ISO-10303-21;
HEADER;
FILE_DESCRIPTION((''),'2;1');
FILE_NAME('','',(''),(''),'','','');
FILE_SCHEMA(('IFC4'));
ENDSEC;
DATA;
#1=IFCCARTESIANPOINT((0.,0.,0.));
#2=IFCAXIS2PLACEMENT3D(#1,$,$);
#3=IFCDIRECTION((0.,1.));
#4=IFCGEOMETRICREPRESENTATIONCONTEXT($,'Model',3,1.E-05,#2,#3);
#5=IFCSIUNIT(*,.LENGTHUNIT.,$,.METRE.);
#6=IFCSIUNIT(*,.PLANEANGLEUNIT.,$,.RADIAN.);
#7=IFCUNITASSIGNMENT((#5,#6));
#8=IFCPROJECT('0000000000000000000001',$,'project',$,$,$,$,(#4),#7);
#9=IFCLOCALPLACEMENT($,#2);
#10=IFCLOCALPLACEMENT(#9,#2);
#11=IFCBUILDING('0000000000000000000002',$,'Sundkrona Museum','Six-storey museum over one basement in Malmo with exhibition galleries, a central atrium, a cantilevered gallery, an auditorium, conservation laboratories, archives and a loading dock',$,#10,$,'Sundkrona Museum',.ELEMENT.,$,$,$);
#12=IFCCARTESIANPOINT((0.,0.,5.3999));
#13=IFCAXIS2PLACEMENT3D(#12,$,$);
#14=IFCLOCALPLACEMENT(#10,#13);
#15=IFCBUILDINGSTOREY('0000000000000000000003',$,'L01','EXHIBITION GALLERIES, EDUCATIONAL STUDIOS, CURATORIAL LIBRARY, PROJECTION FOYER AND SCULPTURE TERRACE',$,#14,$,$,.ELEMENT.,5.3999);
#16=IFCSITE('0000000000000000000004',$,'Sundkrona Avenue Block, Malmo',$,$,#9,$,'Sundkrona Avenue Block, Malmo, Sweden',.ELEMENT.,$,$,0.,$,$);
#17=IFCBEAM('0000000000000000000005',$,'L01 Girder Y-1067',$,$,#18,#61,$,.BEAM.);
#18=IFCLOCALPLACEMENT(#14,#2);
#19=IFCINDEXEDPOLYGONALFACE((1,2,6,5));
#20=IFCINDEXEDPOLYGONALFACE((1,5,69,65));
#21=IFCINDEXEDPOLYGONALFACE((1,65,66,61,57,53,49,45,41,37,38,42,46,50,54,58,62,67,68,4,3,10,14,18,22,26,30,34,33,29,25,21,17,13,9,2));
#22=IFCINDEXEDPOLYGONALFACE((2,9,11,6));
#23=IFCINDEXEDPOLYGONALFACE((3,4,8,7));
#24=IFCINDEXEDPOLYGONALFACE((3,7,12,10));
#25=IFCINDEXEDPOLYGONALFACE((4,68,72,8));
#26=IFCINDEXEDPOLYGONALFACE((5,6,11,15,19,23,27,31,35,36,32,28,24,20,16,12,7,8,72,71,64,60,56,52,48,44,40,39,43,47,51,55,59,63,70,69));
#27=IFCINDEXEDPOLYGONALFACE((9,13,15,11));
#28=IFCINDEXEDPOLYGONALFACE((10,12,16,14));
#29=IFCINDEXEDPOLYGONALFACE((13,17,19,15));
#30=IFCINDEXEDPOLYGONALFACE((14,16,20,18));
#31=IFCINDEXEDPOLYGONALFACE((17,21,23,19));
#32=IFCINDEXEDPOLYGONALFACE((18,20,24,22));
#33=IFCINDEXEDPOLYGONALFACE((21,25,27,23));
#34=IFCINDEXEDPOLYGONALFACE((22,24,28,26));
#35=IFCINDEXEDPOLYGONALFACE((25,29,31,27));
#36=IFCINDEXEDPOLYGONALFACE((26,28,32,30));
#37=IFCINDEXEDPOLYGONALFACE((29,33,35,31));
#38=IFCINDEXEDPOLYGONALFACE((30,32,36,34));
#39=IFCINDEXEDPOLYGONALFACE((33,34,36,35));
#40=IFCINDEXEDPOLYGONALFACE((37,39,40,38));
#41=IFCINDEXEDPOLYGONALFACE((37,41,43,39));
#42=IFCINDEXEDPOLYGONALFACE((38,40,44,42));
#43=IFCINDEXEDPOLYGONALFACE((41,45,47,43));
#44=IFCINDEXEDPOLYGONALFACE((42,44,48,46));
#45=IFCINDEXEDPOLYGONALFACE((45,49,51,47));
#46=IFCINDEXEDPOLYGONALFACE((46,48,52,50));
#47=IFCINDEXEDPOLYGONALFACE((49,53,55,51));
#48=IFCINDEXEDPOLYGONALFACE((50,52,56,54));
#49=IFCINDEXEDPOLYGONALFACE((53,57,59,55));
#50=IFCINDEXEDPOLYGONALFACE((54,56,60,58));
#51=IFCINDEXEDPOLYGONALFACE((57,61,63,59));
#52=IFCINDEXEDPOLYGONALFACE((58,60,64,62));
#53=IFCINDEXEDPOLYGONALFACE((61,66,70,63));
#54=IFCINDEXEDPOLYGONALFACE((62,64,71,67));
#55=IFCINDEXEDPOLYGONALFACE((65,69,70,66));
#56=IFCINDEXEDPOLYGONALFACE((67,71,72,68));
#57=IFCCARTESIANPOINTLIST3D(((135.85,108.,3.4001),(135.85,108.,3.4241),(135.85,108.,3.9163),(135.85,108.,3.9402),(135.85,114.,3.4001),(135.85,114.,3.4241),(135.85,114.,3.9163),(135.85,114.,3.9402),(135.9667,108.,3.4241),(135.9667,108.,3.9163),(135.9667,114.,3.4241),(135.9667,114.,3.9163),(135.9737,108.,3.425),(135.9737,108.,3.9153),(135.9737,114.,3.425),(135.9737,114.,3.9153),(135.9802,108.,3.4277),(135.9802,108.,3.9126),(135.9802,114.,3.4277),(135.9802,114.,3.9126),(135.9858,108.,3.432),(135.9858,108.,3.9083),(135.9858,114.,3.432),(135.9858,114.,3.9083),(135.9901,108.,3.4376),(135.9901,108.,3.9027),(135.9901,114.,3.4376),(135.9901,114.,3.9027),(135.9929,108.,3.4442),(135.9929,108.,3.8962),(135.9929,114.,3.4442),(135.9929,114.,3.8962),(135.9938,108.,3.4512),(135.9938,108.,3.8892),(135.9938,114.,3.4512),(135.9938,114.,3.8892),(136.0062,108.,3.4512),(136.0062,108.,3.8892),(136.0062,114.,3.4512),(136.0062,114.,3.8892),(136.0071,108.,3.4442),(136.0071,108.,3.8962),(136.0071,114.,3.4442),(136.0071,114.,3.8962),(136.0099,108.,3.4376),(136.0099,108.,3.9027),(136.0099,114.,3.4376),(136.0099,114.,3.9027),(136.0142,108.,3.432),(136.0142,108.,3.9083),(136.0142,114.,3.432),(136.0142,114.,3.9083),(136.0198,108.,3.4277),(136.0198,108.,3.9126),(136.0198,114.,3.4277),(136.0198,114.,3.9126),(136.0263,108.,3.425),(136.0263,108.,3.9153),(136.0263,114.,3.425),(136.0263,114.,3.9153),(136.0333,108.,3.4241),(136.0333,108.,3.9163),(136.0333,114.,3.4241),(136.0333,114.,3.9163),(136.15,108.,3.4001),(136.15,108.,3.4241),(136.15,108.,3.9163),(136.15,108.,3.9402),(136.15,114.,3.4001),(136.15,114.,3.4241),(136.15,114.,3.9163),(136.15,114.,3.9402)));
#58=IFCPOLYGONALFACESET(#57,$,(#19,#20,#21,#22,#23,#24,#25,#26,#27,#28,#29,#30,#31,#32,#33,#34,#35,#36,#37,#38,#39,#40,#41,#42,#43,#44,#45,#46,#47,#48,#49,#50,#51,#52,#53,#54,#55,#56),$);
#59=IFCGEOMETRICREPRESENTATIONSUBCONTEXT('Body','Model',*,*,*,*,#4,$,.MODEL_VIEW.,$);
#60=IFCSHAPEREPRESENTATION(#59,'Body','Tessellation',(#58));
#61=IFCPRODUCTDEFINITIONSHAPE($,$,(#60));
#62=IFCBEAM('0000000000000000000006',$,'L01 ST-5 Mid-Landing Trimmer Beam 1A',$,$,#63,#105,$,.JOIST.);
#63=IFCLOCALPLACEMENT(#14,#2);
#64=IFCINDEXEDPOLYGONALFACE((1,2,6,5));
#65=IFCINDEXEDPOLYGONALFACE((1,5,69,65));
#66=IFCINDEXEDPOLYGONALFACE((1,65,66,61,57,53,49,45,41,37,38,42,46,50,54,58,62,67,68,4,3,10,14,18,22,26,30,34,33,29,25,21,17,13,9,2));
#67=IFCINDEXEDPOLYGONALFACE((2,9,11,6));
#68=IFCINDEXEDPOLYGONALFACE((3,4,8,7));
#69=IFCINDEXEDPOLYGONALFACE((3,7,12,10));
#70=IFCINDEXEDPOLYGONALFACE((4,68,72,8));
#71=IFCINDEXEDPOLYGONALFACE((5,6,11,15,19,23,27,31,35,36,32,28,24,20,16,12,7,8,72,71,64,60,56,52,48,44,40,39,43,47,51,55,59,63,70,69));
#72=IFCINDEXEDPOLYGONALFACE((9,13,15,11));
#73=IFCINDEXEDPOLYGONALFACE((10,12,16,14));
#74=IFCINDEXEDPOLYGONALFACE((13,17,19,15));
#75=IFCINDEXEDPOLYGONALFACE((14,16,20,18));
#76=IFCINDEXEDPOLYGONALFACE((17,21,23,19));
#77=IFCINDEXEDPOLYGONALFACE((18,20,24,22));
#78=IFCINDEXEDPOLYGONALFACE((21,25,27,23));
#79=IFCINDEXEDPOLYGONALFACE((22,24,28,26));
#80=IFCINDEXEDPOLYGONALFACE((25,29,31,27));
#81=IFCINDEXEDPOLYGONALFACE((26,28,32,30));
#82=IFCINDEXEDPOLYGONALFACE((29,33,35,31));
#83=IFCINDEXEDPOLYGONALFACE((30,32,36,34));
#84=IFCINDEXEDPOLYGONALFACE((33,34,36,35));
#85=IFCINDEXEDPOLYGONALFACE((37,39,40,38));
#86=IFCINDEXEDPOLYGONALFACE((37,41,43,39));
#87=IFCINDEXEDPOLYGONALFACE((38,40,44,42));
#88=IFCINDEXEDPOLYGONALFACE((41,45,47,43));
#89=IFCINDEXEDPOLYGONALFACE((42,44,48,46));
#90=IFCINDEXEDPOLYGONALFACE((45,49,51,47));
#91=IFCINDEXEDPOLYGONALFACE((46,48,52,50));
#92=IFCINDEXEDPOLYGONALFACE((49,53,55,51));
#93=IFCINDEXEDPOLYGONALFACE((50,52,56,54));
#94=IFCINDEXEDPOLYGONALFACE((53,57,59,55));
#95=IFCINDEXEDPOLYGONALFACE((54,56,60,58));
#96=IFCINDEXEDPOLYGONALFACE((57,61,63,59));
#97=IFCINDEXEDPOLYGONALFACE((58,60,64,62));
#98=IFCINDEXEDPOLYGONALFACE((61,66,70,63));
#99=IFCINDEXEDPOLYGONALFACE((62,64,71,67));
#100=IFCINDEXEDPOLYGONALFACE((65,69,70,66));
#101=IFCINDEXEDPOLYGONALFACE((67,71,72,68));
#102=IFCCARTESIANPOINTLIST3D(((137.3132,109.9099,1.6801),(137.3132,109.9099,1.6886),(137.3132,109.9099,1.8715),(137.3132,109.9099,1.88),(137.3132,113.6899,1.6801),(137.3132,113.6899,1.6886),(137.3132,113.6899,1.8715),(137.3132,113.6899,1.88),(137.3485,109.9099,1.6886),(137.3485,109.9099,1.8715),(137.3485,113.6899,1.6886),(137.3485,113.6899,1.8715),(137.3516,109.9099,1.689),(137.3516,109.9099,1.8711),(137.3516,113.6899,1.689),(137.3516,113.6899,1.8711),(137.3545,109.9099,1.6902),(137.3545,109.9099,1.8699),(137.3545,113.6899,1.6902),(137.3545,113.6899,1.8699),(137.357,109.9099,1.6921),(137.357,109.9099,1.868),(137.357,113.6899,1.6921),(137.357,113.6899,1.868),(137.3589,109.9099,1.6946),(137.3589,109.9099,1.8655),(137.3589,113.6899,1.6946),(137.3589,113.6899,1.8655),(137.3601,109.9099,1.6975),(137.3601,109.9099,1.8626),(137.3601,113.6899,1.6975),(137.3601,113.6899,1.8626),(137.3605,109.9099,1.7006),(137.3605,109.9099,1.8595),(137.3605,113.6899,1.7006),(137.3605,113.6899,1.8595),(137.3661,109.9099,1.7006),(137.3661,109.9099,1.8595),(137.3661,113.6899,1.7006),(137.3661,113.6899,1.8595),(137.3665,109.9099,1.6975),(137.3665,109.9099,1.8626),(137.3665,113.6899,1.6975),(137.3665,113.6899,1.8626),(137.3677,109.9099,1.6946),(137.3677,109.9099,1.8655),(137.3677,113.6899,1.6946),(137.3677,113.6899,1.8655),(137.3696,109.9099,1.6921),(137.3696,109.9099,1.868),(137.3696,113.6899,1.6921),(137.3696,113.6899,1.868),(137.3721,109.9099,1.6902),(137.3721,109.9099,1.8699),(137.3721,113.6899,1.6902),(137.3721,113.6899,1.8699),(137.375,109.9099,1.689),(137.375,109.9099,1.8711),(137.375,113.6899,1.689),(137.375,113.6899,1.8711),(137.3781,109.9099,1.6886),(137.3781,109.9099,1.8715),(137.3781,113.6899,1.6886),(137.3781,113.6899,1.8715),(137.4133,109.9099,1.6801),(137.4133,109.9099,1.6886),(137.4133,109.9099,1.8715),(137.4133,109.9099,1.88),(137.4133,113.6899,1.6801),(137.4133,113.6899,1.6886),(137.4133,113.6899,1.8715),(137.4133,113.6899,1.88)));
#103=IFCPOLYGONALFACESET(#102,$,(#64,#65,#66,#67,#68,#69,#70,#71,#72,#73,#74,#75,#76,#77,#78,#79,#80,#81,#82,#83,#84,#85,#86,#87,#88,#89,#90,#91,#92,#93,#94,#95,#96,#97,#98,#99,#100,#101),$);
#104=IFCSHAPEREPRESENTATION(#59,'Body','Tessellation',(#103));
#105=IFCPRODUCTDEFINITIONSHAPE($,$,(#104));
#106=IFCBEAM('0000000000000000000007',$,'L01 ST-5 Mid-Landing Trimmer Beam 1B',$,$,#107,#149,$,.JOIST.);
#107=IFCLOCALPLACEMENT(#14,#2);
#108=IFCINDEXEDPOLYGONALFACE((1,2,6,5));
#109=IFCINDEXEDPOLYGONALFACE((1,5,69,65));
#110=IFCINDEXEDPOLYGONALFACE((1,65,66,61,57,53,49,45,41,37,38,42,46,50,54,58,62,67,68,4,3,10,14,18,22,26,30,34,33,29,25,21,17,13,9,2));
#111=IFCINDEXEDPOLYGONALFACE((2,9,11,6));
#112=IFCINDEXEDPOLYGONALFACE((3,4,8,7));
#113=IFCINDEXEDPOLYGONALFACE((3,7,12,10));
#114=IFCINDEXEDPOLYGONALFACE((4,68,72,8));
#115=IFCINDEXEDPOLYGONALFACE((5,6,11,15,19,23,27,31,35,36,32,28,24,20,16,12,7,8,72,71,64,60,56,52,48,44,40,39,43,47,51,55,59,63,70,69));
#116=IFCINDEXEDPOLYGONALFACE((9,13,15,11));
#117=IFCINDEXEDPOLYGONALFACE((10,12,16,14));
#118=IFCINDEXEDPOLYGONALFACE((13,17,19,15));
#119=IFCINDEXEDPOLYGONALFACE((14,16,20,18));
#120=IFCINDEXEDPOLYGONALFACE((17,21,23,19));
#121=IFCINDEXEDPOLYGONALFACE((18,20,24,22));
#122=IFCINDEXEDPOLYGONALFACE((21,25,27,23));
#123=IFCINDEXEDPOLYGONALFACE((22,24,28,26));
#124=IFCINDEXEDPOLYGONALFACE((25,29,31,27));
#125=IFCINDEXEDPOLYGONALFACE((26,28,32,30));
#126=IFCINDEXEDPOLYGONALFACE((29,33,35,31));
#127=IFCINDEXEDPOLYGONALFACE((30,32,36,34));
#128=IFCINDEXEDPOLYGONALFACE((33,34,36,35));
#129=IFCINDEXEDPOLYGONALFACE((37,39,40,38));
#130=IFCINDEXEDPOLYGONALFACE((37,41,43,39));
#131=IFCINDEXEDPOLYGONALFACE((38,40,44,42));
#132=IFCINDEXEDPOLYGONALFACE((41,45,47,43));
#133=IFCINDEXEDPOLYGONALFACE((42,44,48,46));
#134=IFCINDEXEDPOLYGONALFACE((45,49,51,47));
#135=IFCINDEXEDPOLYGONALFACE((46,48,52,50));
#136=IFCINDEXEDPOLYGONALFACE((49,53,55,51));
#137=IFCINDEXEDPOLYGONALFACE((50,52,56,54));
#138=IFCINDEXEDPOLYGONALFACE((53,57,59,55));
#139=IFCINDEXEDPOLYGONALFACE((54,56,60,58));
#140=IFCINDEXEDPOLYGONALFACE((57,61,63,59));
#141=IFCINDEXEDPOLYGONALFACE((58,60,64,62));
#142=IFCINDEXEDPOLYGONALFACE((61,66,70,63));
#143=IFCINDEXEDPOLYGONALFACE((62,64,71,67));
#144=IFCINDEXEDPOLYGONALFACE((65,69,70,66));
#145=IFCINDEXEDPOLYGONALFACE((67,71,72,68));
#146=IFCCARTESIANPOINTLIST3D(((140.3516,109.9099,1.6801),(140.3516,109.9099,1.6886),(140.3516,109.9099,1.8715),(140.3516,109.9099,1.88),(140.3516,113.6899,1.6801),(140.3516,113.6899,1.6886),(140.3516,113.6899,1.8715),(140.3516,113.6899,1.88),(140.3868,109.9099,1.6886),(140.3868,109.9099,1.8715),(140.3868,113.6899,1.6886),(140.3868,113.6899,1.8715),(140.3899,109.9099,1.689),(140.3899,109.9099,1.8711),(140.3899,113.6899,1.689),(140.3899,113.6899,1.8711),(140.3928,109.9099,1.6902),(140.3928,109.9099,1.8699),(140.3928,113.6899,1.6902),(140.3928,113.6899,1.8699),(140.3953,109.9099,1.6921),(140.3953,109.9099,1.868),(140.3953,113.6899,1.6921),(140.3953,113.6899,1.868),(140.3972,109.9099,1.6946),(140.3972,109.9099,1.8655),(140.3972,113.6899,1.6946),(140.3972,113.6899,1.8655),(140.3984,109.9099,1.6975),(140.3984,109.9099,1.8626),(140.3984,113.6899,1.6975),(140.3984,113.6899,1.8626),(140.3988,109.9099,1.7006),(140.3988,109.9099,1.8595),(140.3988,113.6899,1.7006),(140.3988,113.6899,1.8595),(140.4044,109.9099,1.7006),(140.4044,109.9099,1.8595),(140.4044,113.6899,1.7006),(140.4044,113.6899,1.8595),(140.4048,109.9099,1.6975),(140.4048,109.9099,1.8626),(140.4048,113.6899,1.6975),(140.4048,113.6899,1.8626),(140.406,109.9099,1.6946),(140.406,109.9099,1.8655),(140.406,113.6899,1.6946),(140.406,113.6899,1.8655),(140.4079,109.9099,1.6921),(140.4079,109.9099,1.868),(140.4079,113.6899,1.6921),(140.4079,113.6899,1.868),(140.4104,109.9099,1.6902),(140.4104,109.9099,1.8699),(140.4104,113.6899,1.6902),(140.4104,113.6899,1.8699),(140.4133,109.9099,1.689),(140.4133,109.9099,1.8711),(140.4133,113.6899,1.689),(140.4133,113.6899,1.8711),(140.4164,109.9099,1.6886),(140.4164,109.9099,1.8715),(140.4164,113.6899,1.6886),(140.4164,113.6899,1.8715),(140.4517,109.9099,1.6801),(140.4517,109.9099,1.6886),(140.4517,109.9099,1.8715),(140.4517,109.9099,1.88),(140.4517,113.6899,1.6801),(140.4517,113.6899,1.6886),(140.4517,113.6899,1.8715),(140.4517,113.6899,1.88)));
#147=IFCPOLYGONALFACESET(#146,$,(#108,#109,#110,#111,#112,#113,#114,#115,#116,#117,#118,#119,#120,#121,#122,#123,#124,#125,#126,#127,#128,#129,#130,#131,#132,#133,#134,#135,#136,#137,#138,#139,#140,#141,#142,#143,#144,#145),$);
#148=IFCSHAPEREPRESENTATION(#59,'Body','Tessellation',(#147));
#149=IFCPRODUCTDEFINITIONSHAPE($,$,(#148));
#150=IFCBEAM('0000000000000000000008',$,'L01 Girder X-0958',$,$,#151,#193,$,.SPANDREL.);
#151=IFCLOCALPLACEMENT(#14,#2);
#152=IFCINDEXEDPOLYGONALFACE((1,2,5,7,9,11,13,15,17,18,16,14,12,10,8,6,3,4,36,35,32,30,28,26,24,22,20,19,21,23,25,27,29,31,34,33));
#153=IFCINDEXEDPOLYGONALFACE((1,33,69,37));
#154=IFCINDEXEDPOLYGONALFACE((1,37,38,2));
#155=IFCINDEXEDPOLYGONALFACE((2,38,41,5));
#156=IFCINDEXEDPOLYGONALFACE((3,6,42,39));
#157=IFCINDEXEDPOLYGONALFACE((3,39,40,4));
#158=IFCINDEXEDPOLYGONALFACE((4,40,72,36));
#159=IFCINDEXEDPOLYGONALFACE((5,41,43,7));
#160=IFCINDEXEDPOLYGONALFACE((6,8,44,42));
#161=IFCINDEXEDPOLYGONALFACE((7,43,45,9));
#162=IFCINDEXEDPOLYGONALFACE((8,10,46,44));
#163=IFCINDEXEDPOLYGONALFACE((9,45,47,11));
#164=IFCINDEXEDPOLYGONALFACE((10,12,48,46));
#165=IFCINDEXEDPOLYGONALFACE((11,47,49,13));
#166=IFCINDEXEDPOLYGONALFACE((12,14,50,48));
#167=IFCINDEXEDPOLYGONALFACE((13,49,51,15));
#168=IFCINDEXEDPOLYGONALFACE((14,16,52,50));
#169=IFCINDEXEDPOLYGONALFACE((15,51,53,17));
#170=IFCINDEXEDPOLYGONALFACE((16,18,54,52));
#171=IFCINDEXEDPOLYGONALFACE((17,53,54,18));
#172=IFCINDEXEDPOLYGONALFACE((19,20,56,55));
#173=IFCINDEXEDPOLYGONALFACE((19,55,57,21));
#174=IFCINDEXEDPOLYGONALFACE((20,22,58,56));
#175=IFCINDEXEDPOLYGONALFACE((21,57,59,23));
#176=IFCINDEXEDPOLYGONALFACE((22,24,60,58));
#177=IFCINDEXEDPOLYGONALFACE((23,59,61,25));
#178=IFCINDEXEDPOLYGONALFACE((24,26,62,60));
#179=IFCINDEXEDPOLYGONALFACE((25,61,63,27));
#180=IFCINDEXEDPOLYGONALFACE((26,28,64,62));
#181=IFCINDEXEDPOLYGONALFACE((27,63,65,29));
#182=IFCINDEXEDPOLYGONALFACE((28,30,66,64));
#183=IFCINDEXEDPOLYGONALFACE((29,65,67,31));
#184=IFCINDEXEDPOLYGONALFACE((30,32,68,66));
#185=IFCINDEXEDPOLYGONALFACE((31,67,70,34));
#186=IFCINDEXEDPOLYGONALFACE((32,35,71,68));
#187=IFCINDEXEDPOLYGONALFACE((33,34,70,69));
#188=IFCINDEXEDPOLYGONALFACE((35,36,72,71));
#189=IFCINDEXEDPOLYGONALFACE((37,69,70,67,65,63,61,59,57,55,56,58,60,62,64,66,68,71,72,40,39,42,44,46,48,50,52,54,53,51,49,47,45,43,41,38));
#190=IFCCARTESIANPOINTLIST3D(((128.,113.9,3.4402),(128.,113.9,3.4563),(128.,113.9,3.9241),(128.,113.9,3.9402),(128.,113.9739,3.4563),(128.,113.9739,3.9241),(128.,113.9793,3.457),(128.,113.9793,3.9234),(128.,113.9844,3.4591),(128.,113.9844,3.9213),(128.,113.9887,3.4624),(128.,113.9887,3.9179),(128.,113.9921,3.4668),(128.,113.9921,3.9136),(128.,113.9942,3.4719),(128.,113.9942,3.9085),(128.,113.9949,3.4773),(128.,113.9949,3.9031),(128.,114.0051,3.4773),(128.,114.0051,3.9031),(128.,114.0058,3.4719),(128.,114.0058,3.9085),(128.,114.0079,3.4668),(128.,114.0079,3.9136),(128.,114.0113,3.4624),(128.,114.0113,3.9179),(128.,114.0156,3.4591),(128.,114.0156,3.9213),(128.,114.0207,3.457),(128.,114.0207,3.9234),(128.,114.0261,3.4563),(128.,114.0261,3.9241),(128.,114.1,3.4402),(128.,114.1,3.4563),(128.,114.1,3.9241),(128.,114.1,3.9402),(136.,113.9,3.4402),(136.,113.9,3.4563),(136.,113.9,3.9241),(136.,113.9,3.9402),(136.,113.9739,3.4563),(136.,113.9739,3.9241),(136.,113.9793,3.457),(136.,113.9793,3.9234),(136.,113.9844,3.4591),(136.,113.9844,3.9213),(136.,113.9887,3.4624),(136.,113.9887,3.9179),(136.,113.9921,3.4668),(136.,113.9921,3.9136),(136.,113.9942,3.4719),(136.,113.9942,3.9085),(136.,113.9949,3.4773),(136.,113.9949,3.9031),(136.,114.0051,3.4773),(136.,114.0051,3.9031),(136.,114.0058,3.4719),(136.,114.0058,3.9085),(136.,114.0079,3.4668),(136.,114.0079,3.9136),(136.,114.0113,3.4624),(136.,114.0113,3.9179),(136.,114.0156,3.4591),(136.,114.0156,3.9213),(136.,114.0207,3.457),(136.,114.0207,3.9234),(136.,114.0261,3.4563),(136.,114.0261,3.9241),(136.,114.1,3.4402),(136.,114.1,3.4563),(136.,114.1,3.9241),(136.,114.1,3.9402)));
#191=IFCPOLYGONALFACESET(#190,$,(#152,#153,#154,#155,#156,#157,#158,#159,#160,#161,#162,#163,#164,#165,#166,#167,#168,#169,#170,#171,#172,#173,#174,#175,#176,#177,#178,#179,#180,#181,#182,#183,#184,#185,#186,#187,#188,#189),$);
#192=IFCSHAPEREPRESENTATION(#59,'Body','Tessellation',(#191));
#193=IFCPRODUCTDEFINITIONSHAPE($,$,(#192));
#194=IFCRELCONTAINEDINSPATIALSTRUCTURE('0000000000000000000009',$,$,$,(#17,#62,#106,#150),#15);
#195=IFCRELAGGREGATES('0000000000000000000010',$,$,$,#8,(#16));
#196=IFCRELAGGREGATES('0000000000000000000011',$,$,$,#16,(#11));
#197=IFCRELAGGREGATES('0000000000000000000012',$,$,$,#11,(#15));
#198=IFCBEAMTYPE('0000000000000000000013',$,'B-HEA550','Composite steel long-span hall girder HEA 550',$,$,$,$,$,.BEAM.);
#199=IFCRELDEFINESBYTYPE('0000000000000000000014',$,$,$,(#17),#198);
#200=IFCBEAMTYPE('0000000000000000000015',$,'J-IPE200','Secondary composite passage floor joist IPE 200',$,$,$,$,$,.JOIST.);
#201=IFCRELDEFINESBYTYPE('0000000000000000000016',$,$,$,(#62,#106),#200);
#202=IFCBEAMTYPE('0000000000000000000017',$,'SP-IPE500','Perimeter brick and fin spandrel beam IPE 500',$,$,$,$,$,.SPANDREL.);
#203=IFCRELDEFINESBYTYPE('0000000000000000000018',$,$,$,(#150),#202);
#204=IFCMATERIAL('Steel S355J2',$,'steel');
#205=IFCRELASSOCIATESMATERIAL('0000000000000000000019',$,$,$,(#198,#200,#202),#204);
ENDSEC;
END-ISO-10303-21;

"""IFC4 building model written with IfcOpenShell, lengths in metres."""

from ifc_helpers import new_model, si_unit, direction, frame, origin, origin_2d, place, context, subcontext, project, spatial, i_section, extrude, material, material_profile, profile_set, type_object, element, save


model = new_model("IFC4")

# Units and contexts
model_context = context("Model", 3, precision=1e-05, world=origin(), true_north=direction((0.0, 1.0)))
body_context = subcontext(model_context, "Body", "Model", "MODEL_VIEW")
ifc_project = project(units=[si_unit("LENGTHUNIT", "METRE"), si_unit("PLANEANGLEUNIT", "RADIAN")], contexts=[model_context])

# Site, building, storey
site_placement = place(None, origin())
site = spatial("IfcSite", under=ifc_project, at=site_placement, Name="Sundkrona Avenue Block, Malmo", LongName="Sundkrona Avenue Block, Malmo, Sweden", CompositionType="ELEMENT", RefElevation=0.0)
building_placement = place(site_placement, origin())
building = spatial("IfcBuilding", under=site, at=building_placement, Name="Sundkrona Museum", Description="Six-storey museum over one basement in Malmo with exhibition galleries, a central atrium, a cantilevered gallery, an auditorium, conservation laboratories, archives and a loading dock", LongName="Sundkrona Museum", CompositionType="ELEMENT")
storey_placement = place(building_placement, frame((0.0, 0.0, 5.3999)))
storey = spatial("IfcBuildingStorey", under=building, at=storey_placement, Name="L01", Description="EXHIBITION GALLERIES, EDUCATIONAL STUDIOS, CURATORIAL LIBRARY, PROJECTION FOYER AND SCULPTURE TERRACE", CompositionType="ELEMENT", Elevation=5.3999)

# Shared definitions
ifc_material_1 = material(Name="Steel S355J2", Category="steel")

# Beams
ifc_material_profile_1 = material_profile(ifc_material_1, i_section(OverallWidth=0.3, OverallDepth=0.54, WebThickness=0.0125, FlangeThickness=0.0239, FilletRadius=0.0271, at=origin_2d()), Name="HEA 550")
ifc_profile_set_1 = profile_set([ifc_material_profile_1], Name="Steel S355J2")
beam_type_1 = type_object("IfcBeamType", Name="B-HEA550", Description="Composite steel long-span hall girder HEA 550", PredefinedType="BEAM", material=ifc_profile_set_1)
beam_1_placement = place(storey_placement, frame((136.0, 108.0, 3.6702), z_axis=(0.0, 1.0, 0.0), x_axis=(-1.0, 0.0, 0.0)))
element("IfcBeam", 1, at=beam_1_placement, inside=storey, type_object=beam_type_1, Name="L01 Girder Y-1067", PredefinedType="BEAM", context=body_context, shape_type="SweptSolid", body=[
    extrude(i_section(OverallWidth=0.3, OverallDepth=0.54, WebThickness=0.0125, FlangeThickness=0.0239, FilletRadius=0.0271, at=origin_2d()), origin(), (0.0, 0.0, 1.0), 6.0),
])
ifc_material_profile_2 = material_profile(ifc_material_1, i_section(OverallWidth=0.1001, OverallDepth=0.2, WebThickness=0.0056, FlangeThickness=0.0085, FilletRadius=0.012, at=origin_2d()), Name="IPE 200")
ifc_profile_set_2 = profile_set([ifc_material_profile_2], Name="Steel S355J2")
beam_type_2 = type_object("IfcBeamType", Name="J-IPE200", Description="Secondary composite passage floor joist IPE 200", PredefinedType="JOIST", material=ifc_profile_set_2)
for number, where, z_axis, x_axis, name in (
    (2, (137.3633, 109.9099, 1.78), (0.0, 1.0, 0.0), (-1.0, 0.0, 0.0), "L01 ST-5 Mid-Landing Trimmer Beam 1A"),
    (3, (140.4016, 109.9099, 1.78), (0.0, 1.0, 0.0), (-1.0, 0.0, 0.0), "L01 ST-5 Mid-Landing Trimmer Beam 1B"),
):
    element("IfcBeam", number, at=place(storey_placement, frame(where, z_axis=z_axis, x_axis=x_axis)), inside=storey, type_object=beam_type_2, Name=name, PredefinedType="JOIST", context=body_context, shape_type="SweptSolid", body=[
        extrude(i_section(OverallWidth=0.1001, OverallDepth=0.2, WebThickness=0.0056, FlangeThickness=0.0085, FilletRadius=0.012, at=origin_2d()), origin(), (0.0, 0.0, 1.0), 3.78),
    ])
ifc_material_profile_3 = material_profile(ifc_material_1, i_section(OverallWidth=0.2, OverallDepth=0.5, WebThickness=0.0103, FlangeThickness=0.0161, FilletRadius=0.021, at=origin_2d()), Name="IPE 500")
ifc_profile_set_3 = profile_set([ifc_material_profile_3], Name="Steel S355J2")
beam_type_3 = type_object("IfcBeamType", Name="SP-IPE500", Description="Perimeter brick and fin spandrel beam IPE 500", PredefinedType="SPANDREL", material=ifc_profile_set_3)
for number, where, z_axis, x_axis, name in (
    (4, (128.0, 114.0, 3.6902), (1.0, 0.0, 0.0), (0.0, 1.0, 0.0), "L01 Girder X-0958"),
):
    element("IfcBeam", number, at=place(storey_placement, frame(where, z_axis=z_axis, x_axis=x_axis)), inside=storey, type_object=beam_type_3, Name=name, PredefinedType="SPANDREL", context=body_context, shape_type="SweptSolid", body=[
        extrude(i_section(OverallWidth=0.2, OverallDepth=0.5, WebThickness=0.0103, FlangeThickness=0.0161, FilletRadius=0.021, at=origin_2d()), origin(), (0.0, 0.0, 1.0), 8.0),
    ])

save(model, "model.ifc")
